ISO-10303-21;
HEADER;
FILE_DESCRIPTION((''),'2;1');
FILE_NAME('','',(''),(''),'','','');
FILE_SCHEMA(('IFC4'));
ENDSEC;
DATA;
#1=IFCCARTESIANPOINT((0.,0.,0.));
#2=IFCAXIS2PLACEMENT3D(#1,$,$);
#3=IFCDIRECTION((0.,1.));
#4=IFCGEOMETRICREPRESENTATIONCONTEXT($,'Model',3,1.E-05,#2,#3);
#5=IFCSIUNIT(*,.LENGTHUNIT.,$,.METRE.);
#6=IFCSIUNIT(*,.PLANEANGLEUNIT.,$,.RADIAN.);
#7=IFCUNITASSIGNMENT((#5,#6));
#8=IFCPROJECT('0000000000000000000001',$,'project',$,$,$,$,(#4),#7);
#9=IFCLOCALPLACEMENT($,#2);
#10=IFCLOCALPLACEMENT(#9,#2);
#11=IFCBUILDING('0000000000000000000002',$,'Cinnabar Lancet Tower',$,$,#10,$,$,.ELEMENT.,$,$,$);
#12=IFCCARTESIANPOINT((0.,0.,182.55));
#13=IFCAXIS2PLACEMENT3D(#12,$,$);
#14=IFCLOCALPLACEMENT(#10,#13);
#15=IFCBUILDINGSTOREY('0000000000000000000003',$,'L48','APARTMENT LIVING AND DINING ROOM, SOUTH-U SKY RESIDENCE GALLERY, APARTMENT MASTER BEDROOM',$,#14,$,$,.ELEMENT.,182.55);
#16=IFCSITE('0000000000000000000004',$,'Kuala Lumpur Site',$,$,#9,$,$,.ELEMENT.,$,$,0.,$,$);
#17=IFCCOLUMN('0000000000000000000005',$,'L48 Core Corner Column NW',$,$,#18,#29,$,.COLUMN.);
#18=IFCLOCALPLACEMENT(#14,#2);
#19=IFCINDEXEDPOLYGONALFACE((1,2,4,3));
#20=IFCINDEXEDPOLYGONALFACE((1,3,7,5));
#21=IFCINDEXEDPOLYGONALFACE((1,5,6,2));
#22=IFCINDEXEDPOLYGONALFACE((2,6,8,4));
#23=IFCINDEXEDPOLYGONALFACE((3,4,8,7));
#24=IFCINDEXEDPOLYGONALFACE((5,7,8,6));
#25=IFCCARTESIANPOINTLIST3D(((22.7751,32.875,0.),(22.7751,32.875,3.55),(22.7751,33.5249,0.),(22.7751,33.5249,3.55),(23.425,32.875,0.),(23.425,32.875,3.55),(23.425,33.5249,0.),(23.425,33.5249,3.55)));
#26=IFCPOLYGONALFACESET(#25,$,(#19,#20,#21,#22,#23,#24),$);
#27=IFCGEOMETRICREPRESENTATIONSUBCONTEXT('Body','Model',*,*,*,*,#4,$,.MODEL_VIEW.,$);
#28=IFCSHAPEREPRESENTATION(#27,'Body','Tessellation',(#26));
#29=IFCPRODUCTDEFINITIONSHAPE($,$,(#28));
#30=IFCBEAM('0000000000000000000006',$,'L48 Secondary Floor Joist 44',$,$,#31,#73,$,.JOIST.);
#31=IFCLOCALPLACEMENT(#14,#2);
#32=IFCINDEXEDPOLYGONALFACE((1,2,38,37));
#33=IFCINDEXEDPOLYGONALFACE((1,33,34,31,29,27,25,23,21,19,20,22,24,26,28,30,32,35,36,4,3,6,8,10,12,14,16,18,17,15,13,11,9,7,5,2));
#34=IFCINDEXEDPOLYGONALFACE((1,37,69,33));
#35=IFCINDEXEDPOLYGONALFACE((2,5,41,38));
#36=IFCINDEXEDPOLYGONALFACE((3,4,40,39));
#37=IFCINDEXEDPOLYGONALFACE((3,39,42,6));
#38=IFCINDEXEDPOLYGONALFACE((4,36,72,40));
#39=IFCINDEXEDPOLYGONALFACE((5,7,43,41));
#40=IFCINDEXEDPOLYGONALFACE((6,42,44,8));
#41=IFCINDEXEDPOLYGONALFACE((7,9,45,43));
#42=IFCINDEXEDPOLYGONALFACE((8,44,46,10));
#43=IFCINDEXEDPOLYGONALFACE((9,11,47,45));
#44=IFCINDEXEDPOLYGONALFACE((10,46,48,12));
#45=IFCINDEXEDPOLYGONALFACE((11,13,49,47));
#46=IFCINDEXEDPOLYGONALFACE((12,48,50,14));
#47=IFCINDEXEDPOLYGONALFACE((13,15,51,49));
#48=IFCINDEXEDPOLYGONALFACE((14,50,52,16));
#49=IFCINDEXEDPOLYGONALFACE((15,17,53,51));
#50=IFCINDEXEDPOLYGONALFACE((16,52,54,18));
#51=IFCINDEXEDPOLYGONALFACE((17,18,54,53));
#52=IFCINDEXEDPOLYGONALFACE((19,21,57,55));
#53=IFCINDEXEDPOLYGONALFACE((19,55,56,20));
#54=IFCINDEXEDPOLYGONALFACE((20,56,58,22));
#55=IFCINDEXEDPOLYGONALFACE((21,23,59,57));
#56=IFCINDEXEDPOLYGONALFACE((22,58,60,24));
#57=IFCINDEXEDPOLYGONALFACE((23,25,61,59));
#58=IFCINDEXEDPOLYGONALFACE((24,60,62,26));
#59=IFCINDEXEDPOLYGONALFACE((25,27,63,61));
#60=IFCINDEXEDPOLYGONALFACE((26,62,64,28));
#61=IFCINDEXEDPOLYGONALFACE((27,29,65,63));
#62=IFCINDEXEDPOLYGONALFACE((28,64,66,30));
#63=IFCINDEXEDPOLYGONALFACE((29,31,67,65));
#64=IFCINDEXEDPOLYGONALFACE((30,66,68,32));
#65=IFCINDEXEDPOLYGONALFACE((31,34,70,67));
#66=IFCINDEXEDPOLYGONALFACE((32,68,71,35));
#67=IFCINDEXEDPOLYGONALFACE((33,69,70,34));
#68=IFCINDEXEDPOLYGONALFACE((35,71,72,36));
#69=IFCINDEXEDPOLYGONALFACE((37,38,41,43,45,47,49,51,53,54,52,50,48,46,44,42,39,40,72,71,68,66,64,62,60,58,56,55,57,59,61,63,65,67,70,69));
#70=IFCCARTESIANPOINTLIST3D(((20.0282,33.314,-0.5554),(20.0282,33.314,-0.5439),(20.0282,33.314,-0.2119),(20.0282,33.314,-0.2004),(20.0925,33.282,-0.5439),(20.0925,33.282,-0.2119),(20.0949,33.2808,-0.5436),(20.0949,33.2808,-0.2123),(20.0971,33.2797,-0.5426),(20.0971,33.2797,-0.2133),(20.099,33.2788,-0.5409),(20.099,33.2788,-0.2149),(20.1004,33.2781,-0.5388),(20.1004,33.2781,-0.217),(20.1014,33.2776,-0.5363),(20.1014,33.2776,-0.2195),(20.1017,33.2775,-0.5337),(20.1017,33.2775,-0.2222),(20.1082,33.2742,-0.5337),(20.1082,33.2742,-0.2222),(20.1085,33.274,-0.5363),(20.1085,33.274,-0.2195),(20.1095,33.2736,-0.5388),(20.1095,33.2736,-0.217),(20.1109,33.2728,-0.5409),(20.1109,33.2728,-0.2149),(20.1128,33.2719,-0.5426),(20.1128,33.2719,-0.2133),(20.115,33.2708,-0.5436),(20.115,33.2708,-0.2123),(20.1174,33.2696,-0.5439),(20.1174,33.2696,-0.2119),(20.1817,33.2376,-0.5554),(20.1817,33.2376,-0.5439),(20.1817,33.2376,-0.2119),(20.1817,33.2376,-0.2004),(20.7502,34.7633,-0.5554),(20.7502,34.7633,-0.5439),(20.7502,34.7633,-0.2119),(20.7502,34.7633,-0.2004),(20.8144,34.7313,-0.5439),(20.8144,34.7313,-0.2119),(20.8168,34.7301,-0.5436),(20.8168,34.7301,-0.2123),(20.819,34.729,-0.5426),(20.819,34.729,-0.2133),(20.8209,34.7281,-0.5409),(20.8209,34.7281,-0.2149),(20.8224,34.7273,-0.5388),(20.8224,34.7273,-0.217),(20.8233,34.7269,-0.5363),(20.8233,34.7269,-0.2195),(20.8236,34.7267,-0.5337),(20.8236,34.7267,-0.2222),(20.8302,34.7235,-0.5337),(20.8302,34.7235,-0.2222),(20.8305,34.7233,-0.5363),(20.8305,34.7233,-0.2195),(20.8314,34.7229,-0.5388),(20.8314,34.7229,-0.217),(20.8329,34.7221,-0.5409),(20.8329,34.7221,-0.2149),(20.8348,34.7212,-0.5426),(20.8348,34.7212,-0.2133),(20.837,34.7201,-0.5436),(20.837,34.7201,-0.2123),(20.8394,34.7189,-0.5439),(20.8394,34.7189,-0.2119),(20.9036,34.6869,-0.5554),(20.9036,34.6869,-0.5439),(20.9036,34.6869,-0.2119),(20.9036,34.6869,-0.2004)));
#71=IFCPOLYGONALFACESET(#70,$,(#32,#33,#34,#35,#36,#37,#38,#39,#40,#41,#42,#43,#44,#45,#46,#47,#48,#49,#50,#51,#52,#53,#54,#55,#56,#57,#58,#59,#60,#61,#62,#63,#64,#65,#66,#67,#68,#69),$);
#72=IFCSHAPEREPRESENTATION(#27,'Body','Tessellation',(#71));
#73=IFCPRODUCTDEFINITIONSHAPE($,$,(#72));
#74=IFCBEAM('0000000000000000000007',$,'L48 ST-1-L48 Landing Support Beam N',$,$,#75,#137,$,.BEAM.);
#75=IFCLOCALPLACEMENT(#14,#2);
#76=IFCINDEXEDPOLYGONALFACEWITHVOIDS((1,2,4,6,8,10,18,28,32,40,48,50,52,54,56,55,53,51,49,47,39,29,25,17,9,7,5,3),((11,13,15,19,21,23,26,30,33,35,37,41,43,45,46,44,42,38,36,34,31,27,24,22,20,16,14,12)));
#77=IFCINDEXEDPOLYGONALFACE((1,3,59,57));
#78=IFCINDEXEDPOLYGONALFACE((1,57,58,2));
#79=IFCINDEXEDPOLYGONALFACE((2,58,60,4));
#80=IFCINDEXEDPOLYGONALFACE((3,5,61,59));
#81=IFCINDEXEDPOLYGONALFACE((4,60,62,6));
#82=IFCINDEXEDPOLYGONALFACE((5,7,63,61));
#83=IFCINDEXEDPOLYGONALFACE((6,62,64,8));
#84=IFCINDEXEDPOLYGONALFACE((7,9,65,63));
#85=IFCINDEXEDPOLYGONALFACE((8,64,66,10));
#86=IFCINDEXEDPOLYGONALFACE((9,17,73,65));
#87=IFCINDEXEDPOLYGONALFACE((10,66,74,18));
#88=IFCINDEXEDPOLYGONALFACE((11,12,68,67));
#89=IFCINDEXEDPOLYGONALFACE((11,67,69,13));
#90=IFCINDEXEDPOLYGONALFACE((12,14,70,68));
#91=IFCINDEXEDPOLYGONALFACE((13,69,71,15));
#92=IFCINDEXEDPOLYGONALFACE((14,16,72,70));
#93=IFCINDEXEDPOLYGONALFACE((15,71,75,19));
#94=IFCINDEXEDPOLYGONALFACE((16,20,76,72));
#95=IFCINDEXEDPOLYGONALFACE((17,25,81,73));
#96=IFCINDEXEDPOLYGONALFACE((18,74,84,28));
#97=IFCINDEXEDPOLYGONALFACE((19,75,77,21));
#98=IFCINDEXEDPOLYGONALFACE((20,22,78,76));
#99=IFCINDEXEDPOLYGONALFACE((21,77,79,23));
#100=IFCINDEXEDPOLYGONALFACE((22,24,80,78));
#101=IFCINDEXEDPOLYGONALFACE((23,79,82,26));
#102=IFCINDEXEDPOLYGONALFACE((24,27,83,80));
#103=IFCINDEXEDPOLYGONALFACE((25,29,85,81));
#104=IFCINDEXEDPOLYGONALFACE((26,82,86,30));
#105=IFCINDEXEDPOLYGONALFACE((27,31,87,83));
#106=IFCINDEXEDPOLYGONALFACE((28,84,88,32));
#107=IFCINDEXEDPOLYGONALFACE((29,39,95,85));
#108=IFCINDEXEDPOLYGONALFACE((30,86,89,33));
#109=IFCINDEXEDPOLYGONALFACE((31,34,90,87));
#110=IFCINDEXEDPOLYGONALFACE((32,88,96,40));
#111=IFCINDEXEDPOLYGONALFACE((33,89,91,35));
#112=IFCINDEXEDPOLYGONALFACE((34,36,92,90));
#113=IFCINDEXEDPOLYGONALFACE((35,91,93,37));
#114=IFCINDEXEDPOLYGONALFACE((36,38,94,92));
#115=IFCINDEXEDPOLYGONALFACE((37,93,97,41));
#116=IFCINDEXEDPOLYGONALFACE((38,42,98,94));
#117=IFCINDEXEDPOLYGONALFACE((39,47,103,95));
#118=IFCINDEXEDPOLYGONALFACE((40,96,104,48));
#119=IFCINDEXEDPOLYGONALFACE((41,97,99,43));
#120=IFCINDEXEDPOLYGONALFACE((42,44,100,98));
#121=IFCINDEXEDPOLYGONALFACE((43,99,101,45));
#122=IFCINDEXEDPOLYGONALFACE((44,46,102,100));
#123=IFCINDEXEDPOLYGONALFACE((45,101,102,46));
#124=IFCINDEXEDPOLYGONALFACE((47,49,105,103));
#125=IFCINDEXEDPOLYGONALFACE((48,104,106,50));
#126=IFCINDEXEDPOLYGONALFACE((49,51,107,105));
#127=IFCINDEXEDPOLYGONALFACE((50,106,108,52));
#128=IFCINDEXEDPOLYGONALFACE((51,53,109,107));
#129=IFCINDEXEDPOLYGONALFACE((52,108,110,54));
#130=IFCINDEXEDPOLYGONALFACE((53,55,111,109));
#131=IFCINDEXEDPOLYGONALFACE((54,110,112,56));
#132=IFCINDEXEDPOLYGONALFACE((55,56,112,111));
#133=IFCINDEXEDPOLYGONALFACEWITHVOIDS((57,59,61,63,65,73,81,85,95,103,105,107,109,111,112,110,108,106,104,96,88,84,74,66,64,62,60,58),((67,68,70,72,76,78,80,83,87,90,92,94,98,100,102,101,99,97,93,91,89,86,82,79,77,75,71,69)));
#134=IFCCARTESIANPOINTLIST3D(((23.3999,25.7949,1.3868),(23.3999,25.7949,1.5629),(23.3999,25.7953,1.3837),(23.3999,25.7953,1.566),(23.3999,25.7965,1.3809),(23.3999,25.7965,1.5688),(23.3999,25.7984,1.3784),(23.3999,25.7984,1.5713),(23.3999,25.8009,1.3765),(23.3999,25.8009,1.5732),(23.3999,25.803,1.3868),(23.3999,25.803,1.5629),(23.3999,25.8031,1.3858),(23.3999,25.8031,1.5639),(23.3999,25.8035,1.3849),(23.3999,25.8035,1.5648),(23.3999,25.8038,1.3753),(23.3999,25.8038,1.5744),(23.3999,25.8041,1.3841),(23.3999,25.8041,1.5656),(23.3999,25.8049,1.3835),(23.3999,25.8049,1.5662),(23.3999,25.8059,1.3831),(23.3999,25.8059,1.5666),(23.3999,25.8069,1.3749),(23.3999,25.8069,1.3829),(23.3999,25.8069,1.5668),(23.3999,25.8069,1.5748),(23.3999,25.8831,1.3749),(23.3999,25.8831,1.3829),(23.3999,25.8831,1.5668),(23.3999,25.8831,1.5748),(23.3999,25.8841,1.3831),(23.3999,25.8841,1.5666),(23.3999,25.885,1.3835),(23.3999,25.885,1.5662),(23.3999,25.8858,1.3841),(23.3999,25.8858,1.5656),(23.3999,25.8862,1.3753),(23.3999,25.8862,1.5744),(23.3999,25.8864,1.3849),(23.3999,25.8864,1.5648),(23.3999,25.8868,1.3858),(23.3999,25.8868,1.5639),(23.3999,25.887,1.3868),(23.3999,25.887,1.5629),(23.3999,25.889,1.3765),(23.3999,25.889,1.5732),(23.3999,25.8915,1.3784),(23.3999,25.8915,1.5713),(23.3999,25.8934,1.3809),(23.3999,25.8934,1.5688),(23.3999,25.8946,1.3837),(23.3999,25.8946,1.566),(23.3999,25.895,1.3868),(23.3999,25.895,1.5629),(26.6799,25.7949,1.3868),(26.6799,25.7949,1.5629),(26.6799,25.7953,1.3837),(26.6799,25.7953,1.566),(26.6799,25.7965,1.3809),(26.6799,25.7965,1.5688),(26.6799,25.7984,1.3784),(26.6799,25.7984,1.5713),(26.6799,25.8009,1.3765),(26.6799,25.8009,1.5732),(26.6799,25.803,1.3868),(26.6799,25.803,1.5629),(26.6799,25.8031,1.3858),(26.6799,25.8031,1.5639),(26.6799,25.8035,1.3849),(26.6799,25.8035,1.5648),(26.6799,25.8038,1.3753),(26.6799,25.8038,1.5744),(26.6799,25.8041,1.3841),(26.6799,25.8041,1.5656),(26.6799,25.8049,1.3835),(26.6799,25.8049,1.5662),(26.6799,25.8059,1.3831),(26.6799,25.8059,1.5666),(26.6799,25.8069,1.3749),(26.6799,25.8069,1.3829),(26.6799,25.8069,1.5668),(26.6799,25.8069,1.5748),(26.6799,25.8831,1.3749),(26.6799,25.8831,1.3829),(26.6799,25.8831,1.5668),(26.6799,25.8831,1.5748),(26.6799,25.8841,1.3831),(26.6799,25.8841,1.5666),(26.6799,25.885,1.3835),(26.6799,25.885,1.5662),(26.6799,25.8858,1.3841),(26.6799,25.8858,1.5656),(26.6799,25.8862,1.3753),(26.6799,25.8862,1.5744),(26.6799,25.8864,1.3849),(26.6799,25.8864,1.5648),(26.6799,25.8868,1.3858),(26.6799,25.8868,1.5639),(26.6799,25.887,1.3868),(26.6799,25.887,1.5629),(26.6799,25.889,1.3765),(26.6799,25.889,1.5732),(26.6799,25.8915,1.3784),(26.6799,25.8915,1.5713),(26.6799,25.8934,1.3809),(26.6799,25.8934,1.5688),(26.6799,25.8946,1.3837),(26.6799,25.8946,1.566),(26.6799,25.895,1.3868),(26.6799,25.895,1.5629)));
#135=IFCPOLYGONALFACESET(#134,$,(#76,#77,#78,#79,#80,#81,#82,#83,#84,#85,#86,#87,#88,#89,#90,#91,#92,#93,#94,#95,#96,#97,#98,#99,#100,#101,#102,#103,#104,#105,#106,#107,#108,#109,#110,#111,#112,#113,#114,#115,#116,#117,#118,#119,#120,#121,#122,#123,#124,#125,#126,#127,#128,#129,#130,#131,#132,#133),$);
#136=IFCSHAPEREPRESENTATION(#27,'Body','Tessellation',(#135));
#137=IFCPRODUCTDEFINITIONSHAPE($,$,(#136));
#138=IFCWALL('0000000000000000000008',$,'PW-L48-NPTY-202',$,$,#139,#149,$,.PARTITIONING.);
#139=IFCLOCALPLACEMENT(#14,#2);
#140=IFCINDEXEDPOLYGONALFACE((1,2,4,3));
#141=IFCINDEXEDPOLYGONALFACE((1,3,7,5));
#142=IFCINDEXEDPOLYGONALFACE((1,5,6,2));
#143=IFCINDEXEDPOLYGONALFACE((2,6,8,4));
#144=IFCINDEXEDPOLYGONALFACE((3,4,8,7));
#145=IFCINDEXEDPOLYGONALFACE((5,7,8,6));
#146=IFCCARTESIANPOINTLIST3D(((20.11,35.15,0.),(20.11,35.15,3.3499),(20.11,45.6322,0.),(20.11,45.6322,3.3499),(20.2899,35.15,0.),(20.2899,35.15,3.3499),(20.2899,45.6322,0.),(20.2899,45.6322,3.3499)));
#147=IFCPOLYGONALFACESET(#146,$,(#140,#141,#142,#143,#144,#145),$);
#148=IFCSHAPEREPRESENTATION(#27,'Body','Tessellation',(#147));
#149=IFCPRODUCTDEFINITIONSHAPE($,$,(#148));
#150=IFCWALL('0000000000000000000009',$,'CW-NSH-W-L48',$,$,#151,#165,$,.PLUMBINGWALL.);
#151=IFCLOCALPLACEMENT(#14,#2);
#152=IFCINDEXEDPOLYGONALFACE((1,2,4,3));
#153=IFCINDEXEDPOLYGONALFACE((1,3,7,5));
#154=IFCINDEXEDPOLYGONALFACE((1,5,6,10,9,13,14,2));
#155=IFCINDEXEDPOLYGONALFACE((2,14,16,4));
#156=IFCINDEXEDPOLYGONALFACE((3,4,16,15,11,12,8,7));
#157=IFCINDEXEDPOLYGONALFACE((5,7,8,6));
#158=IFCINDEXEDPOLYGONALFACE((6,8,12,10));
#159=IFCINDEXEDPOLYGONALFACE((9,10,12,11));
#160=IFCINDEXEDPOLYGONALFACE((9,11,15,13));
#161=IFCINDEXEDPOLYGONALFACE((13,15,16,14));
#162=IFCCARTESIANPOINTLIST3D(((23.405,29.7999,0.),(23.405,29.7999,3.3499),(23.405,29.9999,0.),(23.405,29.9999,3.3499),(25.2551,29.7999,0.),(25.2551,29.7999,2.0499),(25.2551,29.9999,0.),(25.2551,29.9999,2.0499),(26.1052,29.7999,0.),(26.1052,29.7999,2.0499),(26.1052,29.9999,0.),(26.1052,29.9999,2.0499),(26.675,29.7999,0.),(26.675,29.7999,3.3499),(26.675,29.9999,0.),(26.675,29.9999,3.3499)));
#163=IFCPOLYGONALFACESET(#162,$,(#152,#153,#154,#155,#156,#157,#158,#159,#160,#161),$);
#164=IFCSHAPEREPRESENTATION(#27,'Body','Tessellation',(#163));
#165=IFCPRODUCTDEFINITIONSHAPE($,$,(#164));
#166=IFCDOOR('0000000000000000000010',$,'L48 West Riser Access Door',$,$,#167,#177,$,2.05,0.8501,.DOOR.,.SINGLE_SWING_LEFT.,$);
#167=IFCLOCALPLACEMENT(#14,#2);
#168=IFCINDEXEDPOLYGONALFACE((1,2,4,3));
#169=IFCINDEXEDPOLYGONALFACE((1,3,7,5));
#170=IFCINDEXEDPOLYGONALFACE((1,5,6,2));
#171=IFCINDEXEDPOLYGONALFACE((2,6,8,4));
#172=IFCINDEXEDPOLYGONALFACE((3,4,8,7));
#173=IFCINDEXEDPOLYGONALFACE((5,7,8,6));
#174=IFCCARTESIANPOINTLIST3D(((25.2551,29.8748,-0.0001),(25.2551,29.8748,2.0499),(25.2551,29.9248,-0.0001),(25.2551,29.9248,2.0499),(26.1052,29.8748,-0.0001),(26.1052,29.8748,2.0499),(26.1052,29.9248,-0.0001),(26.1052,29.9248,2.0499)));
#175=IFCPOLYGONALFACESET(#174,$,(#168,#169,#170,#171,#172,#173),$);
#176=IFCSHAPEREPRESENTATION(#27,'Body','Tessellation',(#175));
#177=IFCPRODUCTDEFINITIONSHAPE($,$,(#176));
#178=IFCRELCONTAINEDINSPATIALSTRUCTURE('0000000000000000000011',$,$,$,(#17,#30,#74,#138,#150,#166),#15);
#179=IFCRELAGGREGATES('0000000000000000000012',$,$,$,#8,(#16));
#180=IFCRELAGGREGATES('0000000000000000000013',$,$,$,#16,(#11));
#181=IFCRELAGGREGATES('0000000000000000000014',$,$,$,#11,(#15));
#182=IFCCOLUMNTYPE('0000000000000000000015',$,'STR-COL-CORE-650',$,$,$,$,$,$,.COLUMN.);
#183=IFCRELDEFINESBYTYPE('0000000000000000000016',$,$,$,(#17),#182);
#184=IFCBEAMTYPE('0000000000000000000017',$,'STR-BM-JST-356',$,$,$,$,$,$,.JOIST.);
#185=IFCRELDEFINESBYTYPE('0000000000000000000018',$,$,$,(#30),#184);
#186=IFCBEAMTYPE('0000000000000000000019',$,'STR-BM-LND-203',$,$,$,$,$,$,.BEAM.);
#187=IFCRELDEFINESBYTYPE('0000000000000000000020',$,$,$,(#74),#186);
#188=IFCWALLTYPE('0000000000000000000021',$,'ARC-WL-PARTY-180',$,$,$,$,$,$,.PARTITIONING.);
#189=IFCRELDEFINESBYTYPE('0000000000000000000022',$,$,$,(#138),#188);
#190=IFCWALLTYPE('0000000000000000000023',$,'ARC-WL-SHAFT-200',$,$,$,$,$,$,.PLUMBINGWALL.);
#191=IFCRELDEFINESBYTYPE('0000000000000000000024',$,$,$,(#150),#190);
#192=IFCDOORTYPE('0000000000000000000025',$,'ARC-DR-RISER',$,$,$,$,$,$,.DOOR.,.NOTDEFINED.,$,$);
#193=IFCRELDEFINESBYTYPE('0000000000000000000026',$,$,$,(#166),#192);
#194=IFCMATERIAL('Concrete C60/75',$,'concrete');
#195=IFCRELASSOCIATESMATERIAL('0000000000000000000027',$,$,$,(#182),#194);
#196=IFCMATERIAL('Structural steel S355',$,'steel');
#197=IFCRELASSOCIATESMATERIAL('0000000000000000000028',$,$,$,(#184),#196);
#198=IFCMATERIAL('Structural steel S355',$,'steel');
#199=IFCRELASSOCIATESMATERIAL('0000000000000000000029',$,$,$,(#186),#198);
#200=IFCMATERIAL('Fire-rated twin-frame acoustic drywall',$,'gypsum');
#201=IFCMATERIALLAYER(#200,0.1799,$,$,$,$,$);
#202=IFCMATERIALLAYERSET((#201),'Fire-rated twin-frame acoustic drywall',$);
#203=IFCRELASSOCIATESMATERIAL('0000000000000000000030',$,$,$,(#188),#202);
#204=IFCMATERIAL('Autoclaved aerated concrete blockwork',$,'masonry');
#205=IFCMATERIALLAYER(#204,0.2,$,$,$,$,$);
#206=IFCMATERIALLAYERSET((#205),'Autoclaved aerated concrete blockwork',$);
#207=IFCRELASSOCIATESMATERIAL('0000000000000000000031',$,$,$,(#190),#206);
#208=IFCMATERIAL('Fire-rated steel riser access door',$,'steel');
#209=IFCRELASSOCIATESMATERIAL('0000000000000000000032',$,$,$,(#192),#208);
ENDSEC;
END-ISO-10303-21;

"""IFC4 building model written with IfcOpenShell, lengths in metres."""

from ifc_helpers import new_model, si_unit, direction, frame, frame_2d, origin, origin_2d, place, context, subcontext, project, spatial, rectangle, hollow_rectangle, i_section, extrude, material, layer, layer_set, material_profile, profile_set, type_object, element, fill, save


model = new_model("IFC4")

# Units and contexts
model_context = context("Model", 3, precision=1e-05, world=origin(), true_north=direction((0.0, 1.0)))
body_context = subcontext(model_context, "Body", "Model", "MODEL_VIEW")
ifc_project = project(units=[si_unit("LENGTHUNIT", "METRE"), si_unit("PLANEANGLEUNIT", "RADIAN")], contexts=[model_context])

# Site, building, storey
site_placement = place(None, origin())
site = spatial("IfcSite", under=ifc_project, at=site_placement, Name="Kuala Lumpur Site", CompositionType="ELEMENT", RefElevation=0.0)
building_placement = place(site_placement, origin())
building = spatial("IfcBuilding", under=site, at=building_placement, Name="Cinnabar Lancet Tower", CompositionType="ELEMENT")
storey_placement = place(building_placement, frame((0.0, 0.0, 182.55)))
storey = spatial("IfcBuildingStorey", under=building, at=storey_placement, Name="L48", Description="APARTMENT LIVING AND DINING ROOM, SOUTH-U SKY RESIDENCE GALLERY, APARTMENT MASTER BEDROOM", CompositionType="ELEMENT", Elevation=182.55)

# Column
ifc_material_1 = material(Name="Concrete C60/75", Category="concrete")
ifc_material_profile_1 = material_profile(ifc_material_1, rectangle(XDim=0.6499, YDim=0.6499, at=origin_2d()), Name="RC-COL 650x650")
ifc_profile_set_1 = profile_set([ifc_material_profile_1], Name="Concrete C60/75")
column_type = type_object("IfcColumnType", Name="STR-COL-CORE-650", PredefinedType="COLUMN", material=ifc_profile_set_1)
column_placement = place(storey_placement, frame((23.1001, 33.2, 0.0), z_axis=(0.0, 0.0, 1.0), x_axis=(1.0, 0.0, 0.0)))
element("IfcColumn", 1, at=column_placement, inside=storey, type_object=column_type, Name="L48 Core Corner Column NW", PredefinedType="COLUMN", context=body_context, shape_type="SweptSolid", body=[
    extrude(rectangle(XDim=0.6499, YDim=0.6499, at=origin_2d()), origin(), (0.0, 0.0, 1.0), 3.55),
])

# Beams
ifc_material_2 = material(Name="Structural steel S355", Category="steel")
ifc_material_profile_2 = material_profile(ifc_material_2, i_section(OverallWidth=0.1714, OverallDepth=0.355, WebThickness=0.0073, FlangeThickness=0.0115, FilletRadius=0.0103, at=origin_2d()), Name="UKB 356x171x51")
ifc_profile_set_2 = profile_set([ifc_material_profile_2], Name="Structural steel S355")
beam_type_1 = type_object("IfcBeamType", Name="STR-BM-JST-356", PredefinedType="JOIST", material=ifc_profile_set_2)
beam_1_placement = place(storey_placement, frame((20.8269, 34.7251, -0.3779), z_axis=(-0.445886, -0.89509, 0.0), x_axis=(0.89509, -0.445886, 0.0)))
element("IfcBeam", 2, at=beam_1_placement, inside=storey, type_object=beam_type_1, Name="L48 Secondary Floor Joist 44", PredefinedType="JOIST", context=body_context, shape_type="SweptSolid", body=[
    extrude(i_section(OverallWidth=0.1714, OverallDepth=0.355, WebThickness=0.0073, FlangeThickness=0.0115, FilletRadius=0.0103, at=origin_2d()), origin(), (0.0, 0.0, 1.0), 1.6191),
])
ifc_material_3 = material(Name="Structural steel S355", Category="steel")
ifc_material_profile_3 = material_profile(ifc_material_3, hollow_rectangle(XDim=0.1001, YDim=0.2, WallThickness=0.0081, InnerFilletRadius=0.0039, OuterFilletRadius=0.012, at=origin_2d()), Name="RHS 200x100x8")
ifc_profile_set_3 = profile_set([ifc_material_profile_3], Name="Structural steel S355")
beam_type_2 = type_object("IfcBeamType", Name="STR-BM-LND-203", PredefinedType="BEAM", material=ifc_profile_set_3)
beam_2_placement = place(storey_placement, frame((23.3999, 25.845, 1.4749), z_axis=(1.0, 0.0, 0.0), x_axis=(0.0, 1.0, 0.0)))
element("IfcBeam", 3, at=beam_2_placement, inside=storey, type_object=beam_type_2, Name="L48 ST-1-L48 Landing Support Beam N", PredefinedType="BEAM", context=body_context, shape_type="SweptSolid", body=[
    extrude(hollow_rectangle(XDim=0.1001, YDim=0.2, WallThickness=0.0081, InnerFilletRadius=0.0039, OuterFilletRadius=0.012, at=origin_2d()), origin(), (0.0, 0.0, 1.0), 3.28),
])

# Wall
ifc_material_4 = material(Name="Fire-rated twin-frame acoustic drywall", Category="gypsum")
ifc_layer_1 = layer(ifc_material_4, 0.1799)
ifc_layer_set_1 = layer_set([ifc_layer_1], Name="Fire-rated twin-frame acoustic drywall")
wall_type_1 = type_object("IfcWallType", Name="ARC-WL-PARTY-180", PredefinedType="PARTITIONING", material=ifc_layer_set_1)
wall_1_placement = place(storey_placement, frame((20.2, 35.1499, 0.0), z_axis=(0.0, 0.0, 1.0), x_axis=(0.0, 1.0, 0.0)))
element("IfcWall", 4, at=wall_1_placement, inside=storey, type_object=wall_type_1, Name="PW-L48-NPTY-202", PredefinedType="PARTITIONING", context=body_context, shape_type="SweptSolid", body=[
    extrude(rectangle(XDim=10.4822, YDim=0.1799, at=frame_2d((5.2412, 0.0))), origin(), (0.0, 0.0, 1.0), 3.3499),
])

# Wall, opening, door
ifc_material_5 = material(Name="Autoclaved aerated concrete blockwork", Category="masonry")
ifc_layer_2 = layer(ifc_material_5, 0.2)
ifc_layer_set_2 = layer_set([ifc_layer_2], Name="Autoclaved aerated concrete blockwork")
wall_type_2 = type_object("IfcWallType", Name="ARC-WL-SHAFT-200", PredefinedType="PLUMBINGWALL", material=ifc_layer_set_2)
wall_2_placement = place(storey_placement, frame((23.405, 29.8999, 0.0), z_axis=(0.0, 0.0, 1.0), x_axis=(1.0, 0.0, 0.0)))
wall_2 = element("IfcWall", 5, at=wall_2_placement, inside=storey, type_object=wall_type_2, Name="CW-NSH-W-L48", PredefinedType="PLUMBINGWALL", context=body_context, shape_type="SweptSolid", body=[
    extrude(rectangle(XDim=3.27, YDim=0.2, at=frame_2d((1.635, 0.0))), origin(), (0.0, 0.0, 1.0), 3.3499),
])
opening_1_placement = place(wall_2_placement, frame((1.8501, 0.0, 0.0)))
opening_1 = element("IfcOpeningElement", 6, at=opening_1_placement, cuts=wall_2, PredefinedType="OPENING", context=body_context, shape_type="SweptSolid", body=[
    extrude(rectangle(XDim=0.8501, YDim=2.05, at=frame_2d((0.425, 1.0249))), frame((0.0, 0.1099, 0.0), z_axis=(0.0, -1.0, 0.0), x_axis=(1.0, 0.0, 0.0)), (0.0, 0.0, 1.0), 0.22),
])
ifc_material_6 = material(Name="Fire-rated steel riser access door", Category="steel")
door_type_1 = type_object("IfcDoorType", Name="ARC-DR-RISER", OperationType="NOTDEFINED", PredefinedType="DOOR", material=ifc_material_6)
door_1_placement = place(opening_1_placement, origin())
door_1 = element("IfcDoor", 7, at=door_1_placement, inside=storey, type_object=door_type_1, Name="L48 West Riser Access Door", OperationType="SINGLE_SWING_LEFT", OverallHeight=2.05, OverallWidth=0.8501, PredefinedType="DOOR", context=body_context, shape_type="SweptSolid", body=[
    extrude(rectangle(XDim=0.8501, YDim=2.05, at=frame_2d((0.425, 1.0249))), frame((0.0, 0.0249, 0.0), z_axis=(0.0, -1.0, 0.0), x_axis=(1.0, 0.0, 0.0)), (0.0, 0.0, 1.0), 0.05),
])
fill(opening_1, door_1)

save(model, "model.ifc")
